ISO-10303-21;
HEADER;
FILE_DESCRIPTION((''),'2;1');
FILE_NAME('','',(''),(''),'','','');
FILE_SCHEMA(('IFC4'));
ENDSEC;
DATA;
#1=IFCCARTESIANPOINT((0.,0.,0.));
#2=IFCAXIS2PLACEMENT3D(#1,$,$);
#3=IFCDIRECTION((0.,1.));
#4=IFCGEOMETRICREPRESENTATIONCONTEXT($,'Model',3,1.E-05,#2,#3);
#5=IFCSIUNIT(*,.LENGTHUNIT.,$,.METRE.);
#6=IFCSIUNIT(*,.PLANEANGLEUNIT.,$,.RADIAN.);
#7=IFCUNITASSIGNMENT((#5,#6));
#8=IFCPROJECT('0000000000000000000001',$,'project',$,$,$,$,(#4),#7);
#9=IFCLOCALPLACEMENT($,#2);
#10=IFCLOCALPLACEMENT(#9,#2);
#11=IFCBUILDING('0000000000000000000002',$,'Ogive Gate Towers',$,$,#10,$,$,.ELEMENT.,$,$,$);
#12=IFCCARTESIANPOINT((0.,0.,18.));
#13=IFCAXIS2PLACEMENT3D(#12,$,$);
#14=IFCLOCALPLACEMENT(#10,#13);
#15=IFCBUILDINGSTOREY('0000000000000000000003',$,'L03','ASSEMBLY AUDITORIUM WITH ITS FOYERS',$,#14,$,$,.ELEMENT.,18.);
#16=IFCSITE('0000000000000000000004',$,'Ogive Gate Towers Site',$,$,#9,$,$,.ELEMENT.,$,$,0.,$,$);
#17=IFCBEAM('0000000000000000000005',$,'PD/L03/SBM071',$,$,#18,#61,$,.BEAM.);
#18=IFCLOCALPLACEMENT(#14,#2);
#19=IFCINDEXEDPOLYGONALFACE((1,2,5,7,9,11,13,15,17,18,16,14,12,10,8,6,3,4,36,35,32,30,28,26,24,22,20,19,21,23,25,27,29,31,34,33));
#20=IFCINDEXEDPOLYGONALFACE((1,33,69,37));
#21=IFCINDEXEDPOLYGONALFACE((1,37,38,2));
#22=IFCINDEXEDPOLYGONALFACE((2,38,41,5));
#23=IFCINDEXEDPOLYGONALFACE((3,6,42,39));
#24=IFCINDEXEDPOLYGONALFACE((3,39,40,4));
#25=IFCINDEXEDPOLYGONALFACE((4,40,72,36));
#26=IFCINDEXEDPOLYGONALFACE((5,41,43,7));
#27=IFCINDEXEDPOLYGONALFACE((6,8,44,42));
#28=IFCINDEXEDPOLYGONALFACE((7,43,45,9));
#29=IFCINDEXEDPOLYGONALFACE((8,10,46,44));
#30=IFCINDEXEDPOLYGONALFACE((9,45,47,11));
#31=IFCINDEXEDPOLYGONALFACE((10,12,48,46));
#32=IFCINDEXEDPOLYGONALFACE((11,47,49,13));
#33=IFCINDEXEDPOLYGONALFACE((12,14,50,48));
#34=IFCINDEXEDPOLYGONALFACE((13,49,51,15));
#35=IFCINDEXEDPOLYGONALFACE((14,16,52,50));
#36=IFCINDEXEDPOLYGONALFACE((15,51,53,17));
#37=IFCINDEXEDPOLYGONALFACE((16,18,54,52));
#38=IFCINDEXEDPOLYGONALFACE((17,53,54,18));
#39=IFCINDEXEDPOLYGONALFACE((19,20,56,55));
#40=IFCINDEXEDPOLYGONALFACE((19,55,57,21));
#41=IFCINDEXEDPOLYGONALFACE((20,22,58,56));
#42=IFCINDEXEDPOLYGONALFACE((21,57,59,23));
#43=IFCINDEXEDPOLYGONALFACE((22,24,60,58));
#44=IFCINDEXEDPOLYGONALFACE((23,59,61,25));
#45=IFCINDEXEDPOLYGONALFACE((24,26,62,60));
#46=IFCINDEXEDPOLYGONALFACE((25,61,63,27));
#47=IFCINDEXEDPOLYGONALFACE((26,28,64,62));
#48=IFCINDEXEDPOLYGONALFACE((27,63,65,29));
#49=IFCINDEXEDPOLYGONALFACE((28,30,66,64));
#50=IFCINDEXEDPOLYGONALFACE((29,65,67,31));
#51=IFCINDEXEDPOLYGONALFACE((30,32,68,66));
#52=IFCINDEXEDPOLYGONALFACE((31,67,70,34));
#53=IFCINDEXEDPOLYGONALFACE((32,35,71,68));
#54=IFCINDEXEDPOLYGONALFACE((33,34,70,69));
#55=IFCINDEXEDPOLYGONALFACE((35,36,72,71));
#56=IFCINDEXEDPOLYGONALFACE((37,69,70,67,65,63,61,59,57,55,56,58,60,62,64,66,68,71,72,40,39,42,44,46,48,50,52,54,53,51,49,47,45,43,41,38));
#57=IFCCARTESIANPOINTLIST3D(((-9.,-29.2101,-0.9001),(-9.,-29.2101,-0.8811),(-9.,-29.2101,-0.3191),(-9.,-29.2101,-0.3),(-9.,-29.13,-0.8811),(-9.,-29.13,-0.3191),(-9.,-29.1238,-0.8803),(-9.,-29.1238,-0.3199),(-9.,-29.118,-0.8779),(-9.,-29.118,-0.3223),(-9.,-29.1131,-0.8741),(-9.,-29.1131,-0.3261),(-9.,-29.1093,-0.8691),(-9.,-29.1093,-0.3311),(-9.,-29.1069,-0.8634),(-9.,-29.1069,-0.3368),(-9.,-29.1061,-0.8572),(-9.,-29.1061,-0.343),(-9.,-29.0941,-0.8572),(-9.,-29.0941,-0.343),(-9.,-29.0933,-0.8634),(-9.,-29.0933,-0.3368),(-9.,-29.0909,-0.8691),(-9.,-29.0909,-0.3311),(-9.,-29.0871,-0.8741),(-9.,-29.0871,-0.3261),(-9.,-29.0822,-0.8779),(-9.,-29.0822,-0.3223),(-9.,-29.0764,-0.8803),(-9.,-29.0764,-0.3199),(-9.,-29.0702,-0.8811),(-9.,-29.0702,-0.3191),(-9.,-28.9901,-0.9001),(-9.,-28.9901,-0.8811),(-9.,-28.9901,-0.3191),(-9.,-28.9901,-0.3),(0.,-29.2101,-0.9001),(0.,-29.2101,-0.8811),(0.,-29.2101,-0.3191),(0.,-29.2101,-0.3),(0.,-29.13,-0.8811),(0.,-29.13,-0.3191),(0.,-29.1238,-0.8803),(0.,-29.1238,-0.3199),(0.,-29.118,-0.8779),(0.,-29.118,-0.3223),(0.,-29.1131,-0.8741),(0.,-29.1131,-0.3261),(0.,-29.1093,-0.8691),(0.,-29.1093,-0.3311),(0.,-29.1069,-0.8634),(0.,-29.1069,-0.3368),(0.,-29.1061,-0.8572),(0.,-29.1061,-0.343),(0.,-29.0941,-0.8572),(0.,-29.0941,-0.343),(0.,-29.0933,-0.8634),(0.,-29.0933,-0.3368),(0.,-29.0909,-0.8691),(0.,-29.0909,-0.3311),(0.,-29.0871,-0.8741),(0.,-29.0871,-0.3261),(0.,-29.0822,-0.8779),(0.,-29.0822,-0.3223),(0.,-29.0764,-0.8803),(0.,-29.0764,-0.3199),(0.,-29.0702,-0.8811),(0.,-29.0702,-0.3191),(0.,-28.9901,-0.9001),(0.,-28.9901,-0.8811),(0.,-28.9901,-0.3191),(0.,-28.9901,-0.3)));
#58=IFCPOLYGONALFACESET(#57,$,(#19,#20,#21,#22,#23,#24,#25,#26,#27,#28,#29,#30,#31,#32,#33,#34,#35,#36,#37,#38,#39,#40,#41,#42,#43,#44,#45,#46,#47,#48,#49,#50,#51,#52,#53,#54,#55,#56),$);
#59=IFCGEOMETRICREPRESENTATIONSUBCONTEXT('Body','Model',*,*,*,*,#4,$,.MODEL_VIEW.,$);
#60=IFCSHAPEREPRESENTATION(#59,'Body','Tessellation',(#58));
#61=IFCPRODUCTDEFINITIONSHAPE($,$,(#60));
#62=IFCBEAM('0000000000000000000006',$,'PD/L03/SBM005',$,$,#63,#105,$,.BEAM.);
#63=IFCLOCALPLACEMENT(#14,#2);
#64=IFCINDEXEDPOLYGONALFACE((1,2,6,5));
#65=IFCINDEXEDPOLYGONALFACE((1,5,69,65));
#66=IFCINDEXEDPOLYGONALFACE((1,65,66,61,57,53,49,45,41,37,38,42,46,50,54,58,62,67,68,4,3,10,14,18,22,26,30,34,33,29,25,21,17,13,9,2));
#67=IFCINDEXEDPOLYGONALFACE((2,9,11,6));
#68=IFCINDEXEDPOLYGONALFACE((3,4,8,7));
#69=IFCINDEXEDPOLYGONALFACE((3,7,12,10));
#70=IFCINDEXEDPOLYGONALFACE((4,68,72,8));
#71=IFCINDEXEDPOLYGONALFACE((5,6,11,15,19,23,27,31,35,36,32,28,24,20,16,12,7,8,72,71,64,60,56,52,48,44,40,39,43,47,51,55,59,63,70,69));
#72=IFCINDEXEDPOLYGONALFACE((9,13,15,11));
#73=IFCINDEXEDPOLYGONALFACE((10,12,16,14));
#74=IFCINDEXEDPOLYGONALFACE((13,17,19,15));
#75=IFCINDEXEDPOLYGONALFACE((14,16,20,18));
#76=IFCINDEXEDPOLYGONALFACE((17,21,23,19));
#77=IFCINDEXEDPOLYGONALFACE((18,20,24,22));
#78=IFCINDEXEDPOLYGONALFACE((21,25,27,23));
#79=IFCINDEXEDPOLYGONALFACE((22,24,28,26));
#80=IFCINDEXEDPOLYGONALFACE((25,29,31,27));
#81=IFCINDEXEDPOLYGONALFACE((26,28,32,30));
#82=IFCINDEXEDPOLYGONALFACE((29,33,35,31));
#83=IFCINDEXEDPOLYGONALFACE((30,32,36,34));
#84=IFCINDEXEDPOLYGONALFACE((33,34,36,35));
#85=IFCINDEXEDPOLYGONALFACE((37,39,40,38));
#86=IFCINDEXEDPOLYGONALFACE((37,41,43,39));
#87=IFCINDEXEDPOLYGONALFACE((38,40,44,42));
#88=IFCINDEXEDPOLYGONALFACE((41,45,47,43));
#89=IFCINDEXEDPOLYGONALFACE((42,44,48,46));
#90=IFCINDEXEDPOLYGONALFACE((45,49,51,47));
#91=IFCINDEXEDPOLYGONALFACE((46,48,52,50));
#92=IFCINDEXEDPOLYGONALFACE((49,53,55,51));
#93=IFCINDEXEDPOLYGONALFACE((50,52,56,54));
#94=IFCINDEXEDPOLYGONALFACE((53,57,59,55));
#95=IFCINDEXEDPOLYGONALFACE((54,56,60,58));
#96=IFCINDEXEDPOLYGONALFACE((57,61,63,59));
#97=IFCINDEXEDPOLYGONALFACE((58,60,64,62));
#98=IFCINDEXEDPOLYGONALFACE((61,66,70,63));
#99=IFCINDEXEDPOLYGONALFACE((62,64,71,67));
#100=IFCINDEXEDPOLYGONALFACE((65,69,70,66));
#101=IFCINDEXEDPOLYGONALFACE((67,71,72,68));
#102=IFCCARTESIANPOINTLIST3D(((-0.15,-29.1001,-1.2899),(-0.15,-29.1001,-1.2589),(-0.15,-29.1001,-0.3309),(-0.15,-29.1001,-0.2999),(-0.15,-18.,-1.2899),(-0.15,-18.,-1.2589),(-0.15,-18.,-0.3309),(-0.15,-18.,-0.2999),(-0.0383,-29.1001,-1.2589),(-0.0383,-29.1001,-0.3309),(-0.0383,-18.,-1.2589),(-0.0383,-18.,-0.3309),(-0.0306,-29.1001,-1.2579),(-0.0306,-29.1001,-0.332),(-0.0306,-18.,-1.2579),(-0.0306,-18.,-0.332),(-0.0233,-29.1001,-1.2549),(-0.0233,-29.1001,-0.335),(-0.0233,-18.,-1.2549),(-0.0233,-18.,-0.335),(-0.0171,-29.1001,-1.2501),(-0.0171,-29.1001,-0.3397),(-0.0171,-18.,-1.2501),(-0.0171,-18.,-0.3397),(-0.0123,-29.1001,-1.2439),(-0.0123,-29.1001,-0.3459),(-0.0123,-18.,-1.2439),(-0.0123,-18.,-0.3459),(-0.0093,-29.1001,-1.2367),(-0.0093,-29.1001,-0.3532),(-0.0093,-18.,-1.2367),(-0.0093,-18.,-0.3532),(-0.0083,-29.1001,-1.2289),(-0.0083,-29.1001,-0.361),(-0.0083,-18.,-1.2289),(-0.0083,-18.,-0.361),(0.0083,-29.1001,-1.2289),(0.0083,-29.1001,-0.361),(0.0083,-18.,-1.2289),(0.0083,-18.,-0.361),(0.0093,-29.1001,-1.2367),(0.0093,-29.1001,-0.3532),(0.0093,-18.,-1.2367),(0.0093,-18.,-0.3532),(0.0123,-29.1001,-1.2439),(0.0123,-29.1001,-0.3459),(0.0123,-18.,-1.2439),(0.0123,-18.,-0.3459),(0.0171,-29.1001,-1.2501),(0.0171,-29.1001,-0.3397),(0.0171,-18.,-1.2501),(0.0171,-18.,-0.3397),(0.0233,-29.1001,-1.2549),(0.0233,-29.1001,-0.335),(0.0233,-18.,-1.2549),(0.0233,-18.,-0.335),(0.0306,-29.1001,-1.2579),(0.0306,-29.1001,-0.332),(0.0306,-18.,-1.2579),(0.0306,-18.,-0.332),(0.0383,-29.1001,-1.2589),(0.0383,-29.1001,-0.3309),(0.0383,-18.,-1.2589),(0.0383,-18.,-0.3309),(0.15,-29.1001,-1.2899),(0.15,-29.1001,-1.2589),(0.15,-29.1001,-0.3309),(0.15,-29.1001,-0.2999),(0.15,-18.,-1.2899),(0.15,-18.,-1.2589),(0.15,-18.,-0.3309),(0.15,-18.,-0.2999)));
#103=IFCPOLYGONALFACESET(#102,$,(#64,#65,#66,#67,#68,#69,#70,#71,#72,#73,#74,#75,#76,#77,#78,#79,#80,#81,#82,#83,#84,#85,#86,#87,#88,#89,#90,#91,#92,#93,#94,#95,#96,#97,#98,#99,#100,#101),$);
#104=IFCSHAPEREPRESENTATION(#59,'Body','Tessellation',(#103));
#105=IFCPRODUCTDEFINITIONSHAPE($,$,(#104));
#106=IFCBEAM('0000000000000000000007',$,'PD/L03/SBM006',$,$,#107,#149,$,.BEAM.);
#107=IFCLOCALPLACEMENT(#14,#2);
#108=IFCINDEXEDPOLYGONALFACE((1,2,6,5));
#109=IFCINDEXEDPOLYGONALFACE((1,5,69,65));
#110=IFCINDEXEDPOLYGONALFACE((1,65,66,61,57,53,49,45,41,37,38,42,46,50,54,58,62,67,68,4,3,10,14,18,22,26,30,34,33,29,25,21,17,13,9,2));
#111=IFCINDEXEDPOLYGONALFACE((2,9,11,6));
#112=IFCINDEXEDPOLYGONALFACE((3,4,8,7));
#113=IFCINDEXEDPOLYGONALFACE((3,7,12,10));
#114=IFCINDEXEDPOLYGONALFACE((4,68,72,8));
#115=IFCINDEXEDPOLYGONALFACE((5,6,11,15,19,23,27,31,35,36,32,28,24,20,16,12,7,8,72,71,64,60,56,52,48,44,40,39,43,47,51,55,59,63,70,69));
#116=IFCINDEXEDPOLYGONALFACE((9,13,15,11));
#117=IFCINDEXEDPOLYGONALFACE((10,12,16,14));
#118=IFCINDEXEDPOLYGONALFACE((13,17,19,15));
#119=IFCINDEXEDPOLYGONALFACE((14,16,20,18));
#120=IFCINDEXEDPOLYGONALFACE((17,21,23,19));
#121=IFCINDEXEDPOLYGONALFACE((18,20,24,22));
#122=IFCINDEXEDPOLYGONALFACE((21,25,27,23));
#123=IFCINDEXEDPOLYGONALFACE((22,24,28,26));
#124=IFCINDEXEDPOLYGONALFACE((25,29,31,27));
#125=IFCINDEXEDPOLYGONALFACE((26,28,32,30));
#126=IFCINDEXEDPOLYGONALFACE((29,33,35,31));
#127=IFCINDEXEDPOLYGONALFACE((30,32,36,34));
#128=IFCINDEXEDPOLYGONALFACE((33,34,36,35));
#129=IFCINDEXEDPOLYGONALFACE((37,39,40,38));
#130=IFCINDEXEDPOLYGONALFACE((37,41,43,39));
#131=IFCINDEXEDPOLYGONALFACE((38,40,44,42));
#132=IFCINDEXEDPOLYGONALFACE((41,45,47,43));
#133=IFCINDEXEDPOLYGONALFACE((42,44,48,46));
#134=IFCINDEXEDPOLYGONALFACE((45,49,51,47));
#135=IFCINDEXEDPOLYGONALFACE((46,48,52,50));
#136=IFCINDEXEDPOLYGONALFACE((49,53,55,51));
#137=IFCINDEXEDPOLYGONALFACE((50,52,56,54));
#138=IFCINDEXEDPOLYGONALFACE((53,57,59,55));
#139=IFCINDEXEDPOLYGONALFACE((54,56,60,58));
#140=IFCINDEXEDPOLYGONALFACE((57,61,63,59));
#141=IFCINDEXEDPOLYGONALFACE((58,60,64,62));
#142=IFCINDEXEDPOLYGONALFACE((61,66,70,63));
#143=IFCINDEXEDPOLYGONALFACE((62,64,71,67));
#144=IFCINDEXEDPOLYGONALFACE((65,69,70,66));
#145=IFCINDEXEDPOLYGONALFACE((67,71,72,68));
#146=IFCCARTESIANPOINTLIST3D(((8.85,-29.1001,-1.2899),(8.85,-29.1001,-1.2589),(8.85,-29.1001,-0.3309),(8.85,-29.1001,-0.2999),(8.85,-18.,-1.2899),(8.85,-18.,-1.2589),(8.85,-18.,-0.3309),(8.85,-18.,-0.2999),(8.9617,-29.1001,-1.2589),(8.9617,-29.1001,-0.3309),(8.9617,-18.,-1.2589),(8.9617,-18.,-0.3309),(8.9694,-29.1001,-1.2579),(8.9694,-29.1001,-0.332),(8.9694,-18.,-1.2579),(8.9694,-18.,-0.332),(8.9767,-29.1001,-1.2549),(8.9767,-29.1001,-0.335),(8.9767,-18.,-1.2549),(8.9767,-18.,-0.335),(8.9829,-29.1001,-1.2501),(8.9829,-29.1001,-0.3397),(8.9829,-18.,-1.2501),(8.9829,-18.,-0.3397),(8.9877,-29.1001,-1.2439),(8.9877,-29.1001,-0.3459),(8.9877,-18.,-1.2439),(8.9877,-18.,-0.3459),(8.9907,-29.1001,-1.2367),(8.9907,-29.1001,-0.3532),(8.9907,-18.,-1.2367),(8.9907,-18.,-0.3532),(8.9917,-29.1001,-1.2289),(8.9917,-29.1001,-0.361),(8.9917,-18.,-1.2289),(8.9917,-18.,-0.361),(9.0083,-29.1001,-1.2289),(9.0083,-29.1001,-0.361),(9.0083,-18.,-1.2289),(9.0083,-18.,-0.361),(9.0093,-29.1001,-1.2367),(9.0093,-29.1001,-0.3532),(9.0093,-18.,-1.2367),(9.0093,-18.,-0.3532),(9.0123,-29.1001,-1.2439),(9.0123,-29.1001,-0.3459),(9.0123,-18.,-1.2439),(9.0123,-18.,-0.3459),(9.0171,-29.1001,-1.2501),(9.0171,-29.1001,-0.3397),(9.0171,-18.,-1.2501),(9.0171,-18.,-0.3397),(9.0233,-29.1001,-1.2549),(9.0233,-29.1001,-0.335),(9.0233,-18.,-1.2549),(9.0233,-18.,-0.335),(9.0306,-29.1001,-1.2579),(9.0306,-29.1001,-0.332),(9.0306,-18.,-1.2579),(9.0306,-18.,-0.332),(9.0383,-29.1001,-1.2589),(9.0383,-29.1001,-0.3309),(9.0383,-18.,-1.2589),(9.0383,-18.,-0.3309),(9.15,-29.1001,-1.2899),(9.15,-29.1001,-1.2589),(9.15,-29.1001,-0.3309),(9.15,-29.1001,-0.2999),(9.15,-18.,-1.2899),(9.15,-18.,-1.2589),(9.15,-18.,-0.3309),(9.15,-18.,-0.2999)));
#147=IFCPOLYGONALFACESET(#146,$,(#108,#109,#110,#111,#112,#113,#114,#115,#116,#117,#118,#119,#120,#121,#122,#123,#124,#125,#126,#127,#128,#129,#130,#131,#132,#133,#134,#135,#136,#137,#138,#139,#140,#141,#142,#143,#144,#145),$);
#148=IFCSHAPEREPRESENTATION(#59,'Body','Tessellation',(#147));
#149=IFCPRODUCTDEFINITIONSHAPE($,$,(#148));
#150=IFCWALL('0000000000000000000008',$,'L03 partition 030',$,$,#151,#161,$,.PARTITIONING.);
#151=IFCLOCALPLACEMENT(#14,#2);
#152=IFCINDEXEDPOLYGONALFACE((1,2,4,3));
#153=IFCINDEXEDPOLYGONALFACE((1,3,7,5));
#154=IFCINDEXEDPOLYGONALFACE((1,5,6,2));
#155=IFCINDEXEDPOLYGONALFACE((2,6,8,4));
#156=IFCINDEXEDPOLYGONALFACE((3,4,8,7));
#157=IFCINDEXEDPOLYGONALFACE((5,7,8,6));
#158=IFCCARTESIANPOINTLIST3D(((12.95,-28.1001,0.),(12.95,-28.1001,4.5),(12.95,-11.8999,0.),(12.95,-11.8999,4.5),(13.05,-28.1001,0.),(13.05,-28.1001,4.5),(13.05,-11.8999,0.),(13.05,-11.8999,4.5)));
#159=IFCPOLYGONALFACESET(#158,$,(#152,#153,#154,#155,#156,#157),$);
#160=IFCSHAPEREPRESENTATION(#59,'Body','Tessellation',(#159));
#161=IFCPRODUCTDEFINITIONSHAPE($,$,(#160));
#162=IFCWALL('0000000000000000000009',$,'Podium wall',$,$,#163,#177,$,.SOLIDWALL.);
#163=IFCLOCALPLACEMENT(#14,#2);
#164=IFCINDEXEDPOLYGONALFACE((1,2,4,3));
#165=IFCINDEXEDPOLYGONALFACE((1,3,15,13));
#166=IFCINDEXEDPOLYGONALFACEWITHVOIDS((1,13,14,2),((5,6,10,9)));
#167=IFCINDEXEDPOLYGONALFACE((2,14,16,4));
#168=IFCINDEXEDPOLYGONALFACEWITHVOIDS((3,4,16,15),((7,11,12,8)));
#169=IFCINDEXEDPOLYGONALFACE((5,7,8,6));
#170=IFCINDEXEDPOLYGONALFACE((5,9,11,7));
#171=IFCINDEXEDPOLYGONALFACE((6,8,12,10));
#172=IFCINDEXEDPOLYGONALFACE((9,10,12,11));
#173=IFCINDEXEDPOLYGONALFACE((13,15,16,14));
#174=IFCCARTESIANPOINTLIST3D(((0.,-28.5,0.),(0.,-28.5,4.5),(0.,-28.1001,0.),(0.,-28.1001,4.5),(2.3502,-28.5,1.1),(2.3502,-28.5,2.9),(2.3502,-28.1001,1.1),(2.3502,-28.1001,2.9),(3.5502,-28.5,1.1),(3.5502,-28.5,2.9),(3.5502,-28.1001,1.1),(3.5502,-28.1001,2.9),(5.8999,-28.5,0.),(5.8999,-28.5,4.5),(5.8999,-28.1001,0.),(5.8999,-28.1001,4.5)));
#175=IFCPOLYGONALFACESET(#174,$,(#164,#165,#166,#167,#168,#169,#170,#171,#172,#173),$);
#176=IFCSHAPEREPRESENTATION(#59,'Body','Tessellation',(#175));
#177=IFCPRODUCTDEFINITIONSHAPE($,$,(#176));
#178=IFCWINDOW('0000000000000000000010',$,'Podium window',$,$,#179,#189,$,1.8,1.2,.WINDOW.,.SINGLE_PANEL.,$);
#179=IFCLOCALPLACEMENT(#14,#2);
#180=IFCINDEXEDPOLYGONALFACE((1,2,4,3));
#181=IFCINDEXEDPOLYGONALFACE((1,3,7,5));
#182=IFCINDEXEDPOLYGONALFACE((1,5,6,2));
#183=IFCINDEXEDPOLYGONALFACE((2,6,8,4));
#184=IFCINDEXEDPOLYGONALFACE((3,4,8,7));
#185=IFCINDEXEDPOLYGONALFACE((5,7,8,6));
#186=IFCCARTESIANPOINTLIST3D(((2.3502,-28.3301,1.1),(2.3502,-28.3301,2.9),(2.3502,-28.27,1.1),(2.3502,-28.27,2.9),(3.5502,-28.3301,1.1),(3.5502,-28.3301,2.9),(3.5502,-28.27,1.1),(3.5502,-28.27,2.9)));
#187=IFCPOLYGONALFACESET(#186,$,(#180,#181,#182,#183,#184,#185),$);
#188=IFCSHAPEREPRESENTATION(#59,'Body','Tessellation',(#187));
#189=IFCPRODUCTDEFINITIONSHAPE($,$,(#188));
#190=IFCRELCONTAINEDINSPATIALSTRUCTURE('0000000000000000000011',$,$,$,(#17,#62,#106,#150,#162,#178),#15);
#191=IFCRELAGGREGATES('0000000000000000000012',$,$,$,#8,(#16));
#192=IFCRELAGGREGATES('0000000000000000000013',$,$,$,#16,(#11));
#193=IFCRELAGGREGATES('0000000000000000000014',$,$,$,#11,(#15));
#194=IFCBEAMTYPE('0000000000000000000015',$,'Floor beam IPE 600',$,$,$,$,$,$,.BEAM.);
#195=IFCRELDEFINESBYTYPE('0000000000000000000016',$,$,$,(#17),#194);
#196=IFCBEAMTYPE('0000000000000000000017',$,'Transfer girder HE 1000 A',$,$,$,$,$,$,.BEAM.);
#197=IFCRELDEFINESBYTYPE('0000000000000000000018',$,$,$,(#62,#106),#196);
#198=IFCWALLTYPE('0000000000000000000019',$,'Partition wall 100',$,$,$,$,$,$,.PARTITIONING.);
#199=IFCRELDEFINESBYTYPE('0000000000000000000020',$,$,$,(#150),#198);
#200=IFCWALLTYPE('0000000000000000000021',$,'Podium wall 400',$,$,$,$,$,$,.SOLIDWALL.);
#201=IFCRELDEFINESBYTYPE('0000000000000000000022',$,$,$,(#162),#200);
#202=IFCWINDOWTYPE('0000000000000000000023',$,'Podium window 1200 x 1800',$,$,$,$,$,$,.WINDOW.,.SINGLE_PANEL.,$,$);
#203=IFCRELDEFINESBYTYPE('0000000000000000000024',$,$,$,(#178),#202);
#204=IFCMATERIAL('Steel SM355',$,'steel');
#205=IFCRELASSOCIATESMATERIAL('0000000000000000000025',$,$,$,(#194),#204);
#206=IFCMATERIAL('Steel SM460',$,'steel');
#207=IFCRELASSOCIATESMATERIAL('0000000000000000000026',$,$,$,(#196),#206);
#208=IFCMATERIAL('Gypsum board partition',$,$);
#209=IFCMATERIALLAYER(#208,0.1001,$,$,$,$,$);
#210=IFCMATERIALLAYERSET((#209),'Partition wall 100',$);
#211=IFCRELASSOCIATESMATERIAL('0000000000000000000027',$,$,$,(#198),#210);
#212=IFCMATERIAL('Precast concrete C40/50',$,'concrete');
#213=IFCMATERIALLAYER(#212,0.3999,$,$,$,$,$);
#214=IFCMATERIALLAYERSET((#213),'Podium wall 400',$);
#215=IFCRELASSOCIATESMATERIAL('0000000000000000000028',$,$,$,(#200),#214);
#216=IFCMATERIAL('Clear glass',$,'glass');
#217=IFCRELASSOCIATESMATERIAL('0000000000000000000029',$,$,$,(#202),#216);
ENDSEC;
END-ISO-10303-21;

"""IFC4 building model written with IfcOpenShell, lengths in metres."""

from ifc_helpers import new_model, si_unit, direction, frame, frame_2d, origin, origin_2d, place, context, subcontext, project, spatial, rectangle, i_section, extrude, material, layer, layer_set, material_profile, profile_set, type_object, element, fill, save


model = new_model("IFC4")

# Units and contexts
model_context = context("Model", 3, precision=1e-05, world=origin(), true_north=direction((0.0, 1.0)))
body_context = subcontext(model_context, "Body", "Model", "MODEL_VIEW")
ifc_project = project(units=[si_unit("LENGTHUNIT", "METRE"), si_unit("PLANEANGLEUNIT", "RADIAN")], contexts=[model_context])

# Site, building, storey
site_placement = place(None, origin())
site = spatial("IfcSite", under=ifc_project, at=site_placement, Name="Ogive Gate Towers Site", CompositionType="ELEMENT", RefElevation=0.0)
building_placement = place(site_placement, origin())
building = spatial("IfcBuilding", under=site, at=building_placement, Name="Ogive Gate Towers", CompositionType="ELEMENT")
storey_placement = place(building_placement, frame((0.0, 0.0, 18.0)))
storey = spatial("IfcBuildingStorey", under=building, at=storey_placement, Name="L03", Description="ASSEMBLY AUDITORIUM WITH ITS FOYERS", CompositionType="ELEMENT", Elevation=18.0)

# Beams
ifc_material_1 = material(Name="Steel SM355", Category="steel")
ifc_material_profile_1 = material_profile(ifc_material_1, i_section(OverallWidth=0.22, OverallDepth=0.6001, WebThickness=0.012, FlangeThickness=0.019, FilletRadius=0.0239, at=origin_2d()), Name="IPE 600")
ifc_profile_set_1 = profile_set([ifc_material_profile_1], Name="Steel SM355")
beam_type_1 = type_object("IfcBeamType", Name="Floor beam IPE 600", PredefinedType="BEAM", material=ifc_profile_set_1)
for number, where, z_axis, x_axis, name in (
    (1, (0.0, -29.1001, -0.6001), (-1.0, 0.0, 0.0), (0.0, -1.0, 0.0), "PD/L03/SBM071"),
):
    element("IfcBeam", number, at=place(storey_placement, frame(where, z_axis=z_axis, x_axis=x_axis)), inside=storey, type_object=beam_type_1, Name=name, PredefinedType="BEAM", context=body_context, shape_type="SweptSolid", body=[
        extrude(i_section(OverallWidth=0.22, OverallDepth=0.6001, WebThickness=0.012, FlangeThickness=0.019, FilletRadius=0.0239, at=origin_2d()), origin(), (0.0, 0.0, 1.0), 9.0),
    ])
ifc_material_2 = material(Name="Steel SM460", Category="steel")
ifc_material_profile_2 = material_profile(ifc_material_2, i_section(OverallWidth=0.3, OverallDepth=0.99, WebThickness=0.0166, FlangeThickness=0.031, FilletRadius=0.03, at=origin_2d()), Name="HE 1000 A")
ifc_profile_set_2 = profile_set([ifc_material_profile_2], Name="Steel SM460")
beam_type_2 = type_object("IfcBeamType", Name="Transfer girder HE 1000 A", PredefinedType="BEAM", material=ifc_profile_set_2)
for number, where, z_axis, x_axis, name in (
    (2, (0.0, -29.1001, -0.7949), (0.0, 1.0, 0.0), (-1.0, 0.0, 0.0), "PD/L03/SBM005"),
    (3, (9.0, -29.1001, -0.7949), (0.0, 1.0, 0.0), (-1.0, 0.0, 0.0), "PD/L03/SBM006"),
):
    element("IfcBeam", number, at=place(storey_placement, frame(where, z_axis=z_axis, x_axis=x_axis)), inside=storey, type_object=beam_type_2, Name=name, PredefinedType="BEAM", context=body_context, shape_type="SweptSolid", body=[
        extrude(i_section(OverallWidth=0.3, OverallDepth=0.99, WebThickness=0.0166, FlangeThickness=0.031, FilletRadius=0.03, at=origin_2d()), origin(), (0.0, 0.0, 1.0), 11.1001),
    ])

# Wall
ifc_material_3 = material(Name="Gypsum board partition")
ifc_layer_1 = layer(ifc_material_3, 0.1001)
ifc_layer_set_1 = layer_set([ifc_layer_1], Name="Partition wall 100")
wall_type_1 = type_object("IfcWallType", Name="Partition wall 100", PredefinedType="PARTITIONING", material=ifc_layer_set_1)
wall_1_placement = place(storey_placement, frame((13.0, -28.1001, 0.0), z_axis=(0.0, 0.0, 1.0), x_axis=(0.0, 1.0, 0.0)))
element("IfcWall", 4, at=wall_1_placement, inside=storey, type_object=wall_type_1, Name="L03 partition 030", PredefinedType="PARTITIONING", context=body_context, shape_type="SweptSolid", body=[
    extrude(rectangle(XDim=16.2002, YDim=0.1001, at=frame_2d((8.1001, 0.0))), origin(), (0.0, 0.0, 1.0), 4.5),
])

# Wall, opening, window
ifc_material_4 = material(Name="Precast concrete C40/50", Category="concrete")
ifc_layer_2 = layer(ifc_material_4, 0.3999)
ifc_layer_set_2 = layer_set([ifc_layer_2], Name="Podium wall 400")
wall_type_2 = type_object("IfcWallType", Name="Podium wall 400", PredefinedType="SOLIDWALL", material=ifc_layer_set_2)
wall_2_placement = place(storey_placement, frame((0.0, -28.3, 0.0), z_axis=(0.0, 0.0, 1.0), x_axis=(1.0, 0.0, 0.0)))
wall_2 = element("IfcWall", 5, at=wall_2_placement, inside=storey, type_object=wall_type_2, Name="Podium wall", PredefinedType="SOLIDWALL", context=body_context, shape_type="SweptSolid", body=[
    extrude(rectangle(XDim=5.8999, YDim=0.3999, at=frame_2d((2.95, 0.0))), origin(), (0.0, 0.0, 1.0), 4.5),
])
opening_1_placement = place(wall_2_placement, frame((2.3501, 0.0, 1.1001)))
opening_1 = element("IfcOpeningElement", 6, at=opening_1_placement, cuts=wall_2, PredefinedType="OPENING", context=body_context, shape_type="SweptSolid", body=[
    extrude(rectangle(XDim=1.2, YDim=1.8, at=frame_2d((0.6001, 0.8999))), frame((0.0, 0.21, 0.0), z_axis=(0.0, -1.0, 0.0), x_axis=(1.0, 0.0, 0.0)), (0.0, 0.0, 1.0), 0.4199),
])
ifc_material_5 = material(Name="Clear glass", Category="glass")
window_type = type_object("IfcWindowType", Name="Podium window 1200 x 1800", PartitioningType="SINGLE_PANEL", PredefinedType="WINDOW", material=ifc_material_5)
window_1_placement = place(opening_1_placement, origin())
window_1 = element("IfcWindow", 7, at=window_1_placement, inside=storey, type_object=window_type, Name="Podium window", OverallHeight=1.8, OverallWidth=1.2, PartitioningType="SINGLE_PANEL", PredefinedType="WINDOW", context=body_context, shape_type="SweptSolid", body=[
    extrude(rectangle(XDim=1.2, YDim=1.8, at=frame_2d((0.6001, 0.8999))), frame((0.0, 0.03, 0.0), z_axis=(0.0, -1.0, 0.0), x_axis=(1.0, 0.0, 0.0)), (0.0, 0.0, 1.0), 0.0601),
])
fill(opening_1, window_1)

save(model, "model.ifc")
